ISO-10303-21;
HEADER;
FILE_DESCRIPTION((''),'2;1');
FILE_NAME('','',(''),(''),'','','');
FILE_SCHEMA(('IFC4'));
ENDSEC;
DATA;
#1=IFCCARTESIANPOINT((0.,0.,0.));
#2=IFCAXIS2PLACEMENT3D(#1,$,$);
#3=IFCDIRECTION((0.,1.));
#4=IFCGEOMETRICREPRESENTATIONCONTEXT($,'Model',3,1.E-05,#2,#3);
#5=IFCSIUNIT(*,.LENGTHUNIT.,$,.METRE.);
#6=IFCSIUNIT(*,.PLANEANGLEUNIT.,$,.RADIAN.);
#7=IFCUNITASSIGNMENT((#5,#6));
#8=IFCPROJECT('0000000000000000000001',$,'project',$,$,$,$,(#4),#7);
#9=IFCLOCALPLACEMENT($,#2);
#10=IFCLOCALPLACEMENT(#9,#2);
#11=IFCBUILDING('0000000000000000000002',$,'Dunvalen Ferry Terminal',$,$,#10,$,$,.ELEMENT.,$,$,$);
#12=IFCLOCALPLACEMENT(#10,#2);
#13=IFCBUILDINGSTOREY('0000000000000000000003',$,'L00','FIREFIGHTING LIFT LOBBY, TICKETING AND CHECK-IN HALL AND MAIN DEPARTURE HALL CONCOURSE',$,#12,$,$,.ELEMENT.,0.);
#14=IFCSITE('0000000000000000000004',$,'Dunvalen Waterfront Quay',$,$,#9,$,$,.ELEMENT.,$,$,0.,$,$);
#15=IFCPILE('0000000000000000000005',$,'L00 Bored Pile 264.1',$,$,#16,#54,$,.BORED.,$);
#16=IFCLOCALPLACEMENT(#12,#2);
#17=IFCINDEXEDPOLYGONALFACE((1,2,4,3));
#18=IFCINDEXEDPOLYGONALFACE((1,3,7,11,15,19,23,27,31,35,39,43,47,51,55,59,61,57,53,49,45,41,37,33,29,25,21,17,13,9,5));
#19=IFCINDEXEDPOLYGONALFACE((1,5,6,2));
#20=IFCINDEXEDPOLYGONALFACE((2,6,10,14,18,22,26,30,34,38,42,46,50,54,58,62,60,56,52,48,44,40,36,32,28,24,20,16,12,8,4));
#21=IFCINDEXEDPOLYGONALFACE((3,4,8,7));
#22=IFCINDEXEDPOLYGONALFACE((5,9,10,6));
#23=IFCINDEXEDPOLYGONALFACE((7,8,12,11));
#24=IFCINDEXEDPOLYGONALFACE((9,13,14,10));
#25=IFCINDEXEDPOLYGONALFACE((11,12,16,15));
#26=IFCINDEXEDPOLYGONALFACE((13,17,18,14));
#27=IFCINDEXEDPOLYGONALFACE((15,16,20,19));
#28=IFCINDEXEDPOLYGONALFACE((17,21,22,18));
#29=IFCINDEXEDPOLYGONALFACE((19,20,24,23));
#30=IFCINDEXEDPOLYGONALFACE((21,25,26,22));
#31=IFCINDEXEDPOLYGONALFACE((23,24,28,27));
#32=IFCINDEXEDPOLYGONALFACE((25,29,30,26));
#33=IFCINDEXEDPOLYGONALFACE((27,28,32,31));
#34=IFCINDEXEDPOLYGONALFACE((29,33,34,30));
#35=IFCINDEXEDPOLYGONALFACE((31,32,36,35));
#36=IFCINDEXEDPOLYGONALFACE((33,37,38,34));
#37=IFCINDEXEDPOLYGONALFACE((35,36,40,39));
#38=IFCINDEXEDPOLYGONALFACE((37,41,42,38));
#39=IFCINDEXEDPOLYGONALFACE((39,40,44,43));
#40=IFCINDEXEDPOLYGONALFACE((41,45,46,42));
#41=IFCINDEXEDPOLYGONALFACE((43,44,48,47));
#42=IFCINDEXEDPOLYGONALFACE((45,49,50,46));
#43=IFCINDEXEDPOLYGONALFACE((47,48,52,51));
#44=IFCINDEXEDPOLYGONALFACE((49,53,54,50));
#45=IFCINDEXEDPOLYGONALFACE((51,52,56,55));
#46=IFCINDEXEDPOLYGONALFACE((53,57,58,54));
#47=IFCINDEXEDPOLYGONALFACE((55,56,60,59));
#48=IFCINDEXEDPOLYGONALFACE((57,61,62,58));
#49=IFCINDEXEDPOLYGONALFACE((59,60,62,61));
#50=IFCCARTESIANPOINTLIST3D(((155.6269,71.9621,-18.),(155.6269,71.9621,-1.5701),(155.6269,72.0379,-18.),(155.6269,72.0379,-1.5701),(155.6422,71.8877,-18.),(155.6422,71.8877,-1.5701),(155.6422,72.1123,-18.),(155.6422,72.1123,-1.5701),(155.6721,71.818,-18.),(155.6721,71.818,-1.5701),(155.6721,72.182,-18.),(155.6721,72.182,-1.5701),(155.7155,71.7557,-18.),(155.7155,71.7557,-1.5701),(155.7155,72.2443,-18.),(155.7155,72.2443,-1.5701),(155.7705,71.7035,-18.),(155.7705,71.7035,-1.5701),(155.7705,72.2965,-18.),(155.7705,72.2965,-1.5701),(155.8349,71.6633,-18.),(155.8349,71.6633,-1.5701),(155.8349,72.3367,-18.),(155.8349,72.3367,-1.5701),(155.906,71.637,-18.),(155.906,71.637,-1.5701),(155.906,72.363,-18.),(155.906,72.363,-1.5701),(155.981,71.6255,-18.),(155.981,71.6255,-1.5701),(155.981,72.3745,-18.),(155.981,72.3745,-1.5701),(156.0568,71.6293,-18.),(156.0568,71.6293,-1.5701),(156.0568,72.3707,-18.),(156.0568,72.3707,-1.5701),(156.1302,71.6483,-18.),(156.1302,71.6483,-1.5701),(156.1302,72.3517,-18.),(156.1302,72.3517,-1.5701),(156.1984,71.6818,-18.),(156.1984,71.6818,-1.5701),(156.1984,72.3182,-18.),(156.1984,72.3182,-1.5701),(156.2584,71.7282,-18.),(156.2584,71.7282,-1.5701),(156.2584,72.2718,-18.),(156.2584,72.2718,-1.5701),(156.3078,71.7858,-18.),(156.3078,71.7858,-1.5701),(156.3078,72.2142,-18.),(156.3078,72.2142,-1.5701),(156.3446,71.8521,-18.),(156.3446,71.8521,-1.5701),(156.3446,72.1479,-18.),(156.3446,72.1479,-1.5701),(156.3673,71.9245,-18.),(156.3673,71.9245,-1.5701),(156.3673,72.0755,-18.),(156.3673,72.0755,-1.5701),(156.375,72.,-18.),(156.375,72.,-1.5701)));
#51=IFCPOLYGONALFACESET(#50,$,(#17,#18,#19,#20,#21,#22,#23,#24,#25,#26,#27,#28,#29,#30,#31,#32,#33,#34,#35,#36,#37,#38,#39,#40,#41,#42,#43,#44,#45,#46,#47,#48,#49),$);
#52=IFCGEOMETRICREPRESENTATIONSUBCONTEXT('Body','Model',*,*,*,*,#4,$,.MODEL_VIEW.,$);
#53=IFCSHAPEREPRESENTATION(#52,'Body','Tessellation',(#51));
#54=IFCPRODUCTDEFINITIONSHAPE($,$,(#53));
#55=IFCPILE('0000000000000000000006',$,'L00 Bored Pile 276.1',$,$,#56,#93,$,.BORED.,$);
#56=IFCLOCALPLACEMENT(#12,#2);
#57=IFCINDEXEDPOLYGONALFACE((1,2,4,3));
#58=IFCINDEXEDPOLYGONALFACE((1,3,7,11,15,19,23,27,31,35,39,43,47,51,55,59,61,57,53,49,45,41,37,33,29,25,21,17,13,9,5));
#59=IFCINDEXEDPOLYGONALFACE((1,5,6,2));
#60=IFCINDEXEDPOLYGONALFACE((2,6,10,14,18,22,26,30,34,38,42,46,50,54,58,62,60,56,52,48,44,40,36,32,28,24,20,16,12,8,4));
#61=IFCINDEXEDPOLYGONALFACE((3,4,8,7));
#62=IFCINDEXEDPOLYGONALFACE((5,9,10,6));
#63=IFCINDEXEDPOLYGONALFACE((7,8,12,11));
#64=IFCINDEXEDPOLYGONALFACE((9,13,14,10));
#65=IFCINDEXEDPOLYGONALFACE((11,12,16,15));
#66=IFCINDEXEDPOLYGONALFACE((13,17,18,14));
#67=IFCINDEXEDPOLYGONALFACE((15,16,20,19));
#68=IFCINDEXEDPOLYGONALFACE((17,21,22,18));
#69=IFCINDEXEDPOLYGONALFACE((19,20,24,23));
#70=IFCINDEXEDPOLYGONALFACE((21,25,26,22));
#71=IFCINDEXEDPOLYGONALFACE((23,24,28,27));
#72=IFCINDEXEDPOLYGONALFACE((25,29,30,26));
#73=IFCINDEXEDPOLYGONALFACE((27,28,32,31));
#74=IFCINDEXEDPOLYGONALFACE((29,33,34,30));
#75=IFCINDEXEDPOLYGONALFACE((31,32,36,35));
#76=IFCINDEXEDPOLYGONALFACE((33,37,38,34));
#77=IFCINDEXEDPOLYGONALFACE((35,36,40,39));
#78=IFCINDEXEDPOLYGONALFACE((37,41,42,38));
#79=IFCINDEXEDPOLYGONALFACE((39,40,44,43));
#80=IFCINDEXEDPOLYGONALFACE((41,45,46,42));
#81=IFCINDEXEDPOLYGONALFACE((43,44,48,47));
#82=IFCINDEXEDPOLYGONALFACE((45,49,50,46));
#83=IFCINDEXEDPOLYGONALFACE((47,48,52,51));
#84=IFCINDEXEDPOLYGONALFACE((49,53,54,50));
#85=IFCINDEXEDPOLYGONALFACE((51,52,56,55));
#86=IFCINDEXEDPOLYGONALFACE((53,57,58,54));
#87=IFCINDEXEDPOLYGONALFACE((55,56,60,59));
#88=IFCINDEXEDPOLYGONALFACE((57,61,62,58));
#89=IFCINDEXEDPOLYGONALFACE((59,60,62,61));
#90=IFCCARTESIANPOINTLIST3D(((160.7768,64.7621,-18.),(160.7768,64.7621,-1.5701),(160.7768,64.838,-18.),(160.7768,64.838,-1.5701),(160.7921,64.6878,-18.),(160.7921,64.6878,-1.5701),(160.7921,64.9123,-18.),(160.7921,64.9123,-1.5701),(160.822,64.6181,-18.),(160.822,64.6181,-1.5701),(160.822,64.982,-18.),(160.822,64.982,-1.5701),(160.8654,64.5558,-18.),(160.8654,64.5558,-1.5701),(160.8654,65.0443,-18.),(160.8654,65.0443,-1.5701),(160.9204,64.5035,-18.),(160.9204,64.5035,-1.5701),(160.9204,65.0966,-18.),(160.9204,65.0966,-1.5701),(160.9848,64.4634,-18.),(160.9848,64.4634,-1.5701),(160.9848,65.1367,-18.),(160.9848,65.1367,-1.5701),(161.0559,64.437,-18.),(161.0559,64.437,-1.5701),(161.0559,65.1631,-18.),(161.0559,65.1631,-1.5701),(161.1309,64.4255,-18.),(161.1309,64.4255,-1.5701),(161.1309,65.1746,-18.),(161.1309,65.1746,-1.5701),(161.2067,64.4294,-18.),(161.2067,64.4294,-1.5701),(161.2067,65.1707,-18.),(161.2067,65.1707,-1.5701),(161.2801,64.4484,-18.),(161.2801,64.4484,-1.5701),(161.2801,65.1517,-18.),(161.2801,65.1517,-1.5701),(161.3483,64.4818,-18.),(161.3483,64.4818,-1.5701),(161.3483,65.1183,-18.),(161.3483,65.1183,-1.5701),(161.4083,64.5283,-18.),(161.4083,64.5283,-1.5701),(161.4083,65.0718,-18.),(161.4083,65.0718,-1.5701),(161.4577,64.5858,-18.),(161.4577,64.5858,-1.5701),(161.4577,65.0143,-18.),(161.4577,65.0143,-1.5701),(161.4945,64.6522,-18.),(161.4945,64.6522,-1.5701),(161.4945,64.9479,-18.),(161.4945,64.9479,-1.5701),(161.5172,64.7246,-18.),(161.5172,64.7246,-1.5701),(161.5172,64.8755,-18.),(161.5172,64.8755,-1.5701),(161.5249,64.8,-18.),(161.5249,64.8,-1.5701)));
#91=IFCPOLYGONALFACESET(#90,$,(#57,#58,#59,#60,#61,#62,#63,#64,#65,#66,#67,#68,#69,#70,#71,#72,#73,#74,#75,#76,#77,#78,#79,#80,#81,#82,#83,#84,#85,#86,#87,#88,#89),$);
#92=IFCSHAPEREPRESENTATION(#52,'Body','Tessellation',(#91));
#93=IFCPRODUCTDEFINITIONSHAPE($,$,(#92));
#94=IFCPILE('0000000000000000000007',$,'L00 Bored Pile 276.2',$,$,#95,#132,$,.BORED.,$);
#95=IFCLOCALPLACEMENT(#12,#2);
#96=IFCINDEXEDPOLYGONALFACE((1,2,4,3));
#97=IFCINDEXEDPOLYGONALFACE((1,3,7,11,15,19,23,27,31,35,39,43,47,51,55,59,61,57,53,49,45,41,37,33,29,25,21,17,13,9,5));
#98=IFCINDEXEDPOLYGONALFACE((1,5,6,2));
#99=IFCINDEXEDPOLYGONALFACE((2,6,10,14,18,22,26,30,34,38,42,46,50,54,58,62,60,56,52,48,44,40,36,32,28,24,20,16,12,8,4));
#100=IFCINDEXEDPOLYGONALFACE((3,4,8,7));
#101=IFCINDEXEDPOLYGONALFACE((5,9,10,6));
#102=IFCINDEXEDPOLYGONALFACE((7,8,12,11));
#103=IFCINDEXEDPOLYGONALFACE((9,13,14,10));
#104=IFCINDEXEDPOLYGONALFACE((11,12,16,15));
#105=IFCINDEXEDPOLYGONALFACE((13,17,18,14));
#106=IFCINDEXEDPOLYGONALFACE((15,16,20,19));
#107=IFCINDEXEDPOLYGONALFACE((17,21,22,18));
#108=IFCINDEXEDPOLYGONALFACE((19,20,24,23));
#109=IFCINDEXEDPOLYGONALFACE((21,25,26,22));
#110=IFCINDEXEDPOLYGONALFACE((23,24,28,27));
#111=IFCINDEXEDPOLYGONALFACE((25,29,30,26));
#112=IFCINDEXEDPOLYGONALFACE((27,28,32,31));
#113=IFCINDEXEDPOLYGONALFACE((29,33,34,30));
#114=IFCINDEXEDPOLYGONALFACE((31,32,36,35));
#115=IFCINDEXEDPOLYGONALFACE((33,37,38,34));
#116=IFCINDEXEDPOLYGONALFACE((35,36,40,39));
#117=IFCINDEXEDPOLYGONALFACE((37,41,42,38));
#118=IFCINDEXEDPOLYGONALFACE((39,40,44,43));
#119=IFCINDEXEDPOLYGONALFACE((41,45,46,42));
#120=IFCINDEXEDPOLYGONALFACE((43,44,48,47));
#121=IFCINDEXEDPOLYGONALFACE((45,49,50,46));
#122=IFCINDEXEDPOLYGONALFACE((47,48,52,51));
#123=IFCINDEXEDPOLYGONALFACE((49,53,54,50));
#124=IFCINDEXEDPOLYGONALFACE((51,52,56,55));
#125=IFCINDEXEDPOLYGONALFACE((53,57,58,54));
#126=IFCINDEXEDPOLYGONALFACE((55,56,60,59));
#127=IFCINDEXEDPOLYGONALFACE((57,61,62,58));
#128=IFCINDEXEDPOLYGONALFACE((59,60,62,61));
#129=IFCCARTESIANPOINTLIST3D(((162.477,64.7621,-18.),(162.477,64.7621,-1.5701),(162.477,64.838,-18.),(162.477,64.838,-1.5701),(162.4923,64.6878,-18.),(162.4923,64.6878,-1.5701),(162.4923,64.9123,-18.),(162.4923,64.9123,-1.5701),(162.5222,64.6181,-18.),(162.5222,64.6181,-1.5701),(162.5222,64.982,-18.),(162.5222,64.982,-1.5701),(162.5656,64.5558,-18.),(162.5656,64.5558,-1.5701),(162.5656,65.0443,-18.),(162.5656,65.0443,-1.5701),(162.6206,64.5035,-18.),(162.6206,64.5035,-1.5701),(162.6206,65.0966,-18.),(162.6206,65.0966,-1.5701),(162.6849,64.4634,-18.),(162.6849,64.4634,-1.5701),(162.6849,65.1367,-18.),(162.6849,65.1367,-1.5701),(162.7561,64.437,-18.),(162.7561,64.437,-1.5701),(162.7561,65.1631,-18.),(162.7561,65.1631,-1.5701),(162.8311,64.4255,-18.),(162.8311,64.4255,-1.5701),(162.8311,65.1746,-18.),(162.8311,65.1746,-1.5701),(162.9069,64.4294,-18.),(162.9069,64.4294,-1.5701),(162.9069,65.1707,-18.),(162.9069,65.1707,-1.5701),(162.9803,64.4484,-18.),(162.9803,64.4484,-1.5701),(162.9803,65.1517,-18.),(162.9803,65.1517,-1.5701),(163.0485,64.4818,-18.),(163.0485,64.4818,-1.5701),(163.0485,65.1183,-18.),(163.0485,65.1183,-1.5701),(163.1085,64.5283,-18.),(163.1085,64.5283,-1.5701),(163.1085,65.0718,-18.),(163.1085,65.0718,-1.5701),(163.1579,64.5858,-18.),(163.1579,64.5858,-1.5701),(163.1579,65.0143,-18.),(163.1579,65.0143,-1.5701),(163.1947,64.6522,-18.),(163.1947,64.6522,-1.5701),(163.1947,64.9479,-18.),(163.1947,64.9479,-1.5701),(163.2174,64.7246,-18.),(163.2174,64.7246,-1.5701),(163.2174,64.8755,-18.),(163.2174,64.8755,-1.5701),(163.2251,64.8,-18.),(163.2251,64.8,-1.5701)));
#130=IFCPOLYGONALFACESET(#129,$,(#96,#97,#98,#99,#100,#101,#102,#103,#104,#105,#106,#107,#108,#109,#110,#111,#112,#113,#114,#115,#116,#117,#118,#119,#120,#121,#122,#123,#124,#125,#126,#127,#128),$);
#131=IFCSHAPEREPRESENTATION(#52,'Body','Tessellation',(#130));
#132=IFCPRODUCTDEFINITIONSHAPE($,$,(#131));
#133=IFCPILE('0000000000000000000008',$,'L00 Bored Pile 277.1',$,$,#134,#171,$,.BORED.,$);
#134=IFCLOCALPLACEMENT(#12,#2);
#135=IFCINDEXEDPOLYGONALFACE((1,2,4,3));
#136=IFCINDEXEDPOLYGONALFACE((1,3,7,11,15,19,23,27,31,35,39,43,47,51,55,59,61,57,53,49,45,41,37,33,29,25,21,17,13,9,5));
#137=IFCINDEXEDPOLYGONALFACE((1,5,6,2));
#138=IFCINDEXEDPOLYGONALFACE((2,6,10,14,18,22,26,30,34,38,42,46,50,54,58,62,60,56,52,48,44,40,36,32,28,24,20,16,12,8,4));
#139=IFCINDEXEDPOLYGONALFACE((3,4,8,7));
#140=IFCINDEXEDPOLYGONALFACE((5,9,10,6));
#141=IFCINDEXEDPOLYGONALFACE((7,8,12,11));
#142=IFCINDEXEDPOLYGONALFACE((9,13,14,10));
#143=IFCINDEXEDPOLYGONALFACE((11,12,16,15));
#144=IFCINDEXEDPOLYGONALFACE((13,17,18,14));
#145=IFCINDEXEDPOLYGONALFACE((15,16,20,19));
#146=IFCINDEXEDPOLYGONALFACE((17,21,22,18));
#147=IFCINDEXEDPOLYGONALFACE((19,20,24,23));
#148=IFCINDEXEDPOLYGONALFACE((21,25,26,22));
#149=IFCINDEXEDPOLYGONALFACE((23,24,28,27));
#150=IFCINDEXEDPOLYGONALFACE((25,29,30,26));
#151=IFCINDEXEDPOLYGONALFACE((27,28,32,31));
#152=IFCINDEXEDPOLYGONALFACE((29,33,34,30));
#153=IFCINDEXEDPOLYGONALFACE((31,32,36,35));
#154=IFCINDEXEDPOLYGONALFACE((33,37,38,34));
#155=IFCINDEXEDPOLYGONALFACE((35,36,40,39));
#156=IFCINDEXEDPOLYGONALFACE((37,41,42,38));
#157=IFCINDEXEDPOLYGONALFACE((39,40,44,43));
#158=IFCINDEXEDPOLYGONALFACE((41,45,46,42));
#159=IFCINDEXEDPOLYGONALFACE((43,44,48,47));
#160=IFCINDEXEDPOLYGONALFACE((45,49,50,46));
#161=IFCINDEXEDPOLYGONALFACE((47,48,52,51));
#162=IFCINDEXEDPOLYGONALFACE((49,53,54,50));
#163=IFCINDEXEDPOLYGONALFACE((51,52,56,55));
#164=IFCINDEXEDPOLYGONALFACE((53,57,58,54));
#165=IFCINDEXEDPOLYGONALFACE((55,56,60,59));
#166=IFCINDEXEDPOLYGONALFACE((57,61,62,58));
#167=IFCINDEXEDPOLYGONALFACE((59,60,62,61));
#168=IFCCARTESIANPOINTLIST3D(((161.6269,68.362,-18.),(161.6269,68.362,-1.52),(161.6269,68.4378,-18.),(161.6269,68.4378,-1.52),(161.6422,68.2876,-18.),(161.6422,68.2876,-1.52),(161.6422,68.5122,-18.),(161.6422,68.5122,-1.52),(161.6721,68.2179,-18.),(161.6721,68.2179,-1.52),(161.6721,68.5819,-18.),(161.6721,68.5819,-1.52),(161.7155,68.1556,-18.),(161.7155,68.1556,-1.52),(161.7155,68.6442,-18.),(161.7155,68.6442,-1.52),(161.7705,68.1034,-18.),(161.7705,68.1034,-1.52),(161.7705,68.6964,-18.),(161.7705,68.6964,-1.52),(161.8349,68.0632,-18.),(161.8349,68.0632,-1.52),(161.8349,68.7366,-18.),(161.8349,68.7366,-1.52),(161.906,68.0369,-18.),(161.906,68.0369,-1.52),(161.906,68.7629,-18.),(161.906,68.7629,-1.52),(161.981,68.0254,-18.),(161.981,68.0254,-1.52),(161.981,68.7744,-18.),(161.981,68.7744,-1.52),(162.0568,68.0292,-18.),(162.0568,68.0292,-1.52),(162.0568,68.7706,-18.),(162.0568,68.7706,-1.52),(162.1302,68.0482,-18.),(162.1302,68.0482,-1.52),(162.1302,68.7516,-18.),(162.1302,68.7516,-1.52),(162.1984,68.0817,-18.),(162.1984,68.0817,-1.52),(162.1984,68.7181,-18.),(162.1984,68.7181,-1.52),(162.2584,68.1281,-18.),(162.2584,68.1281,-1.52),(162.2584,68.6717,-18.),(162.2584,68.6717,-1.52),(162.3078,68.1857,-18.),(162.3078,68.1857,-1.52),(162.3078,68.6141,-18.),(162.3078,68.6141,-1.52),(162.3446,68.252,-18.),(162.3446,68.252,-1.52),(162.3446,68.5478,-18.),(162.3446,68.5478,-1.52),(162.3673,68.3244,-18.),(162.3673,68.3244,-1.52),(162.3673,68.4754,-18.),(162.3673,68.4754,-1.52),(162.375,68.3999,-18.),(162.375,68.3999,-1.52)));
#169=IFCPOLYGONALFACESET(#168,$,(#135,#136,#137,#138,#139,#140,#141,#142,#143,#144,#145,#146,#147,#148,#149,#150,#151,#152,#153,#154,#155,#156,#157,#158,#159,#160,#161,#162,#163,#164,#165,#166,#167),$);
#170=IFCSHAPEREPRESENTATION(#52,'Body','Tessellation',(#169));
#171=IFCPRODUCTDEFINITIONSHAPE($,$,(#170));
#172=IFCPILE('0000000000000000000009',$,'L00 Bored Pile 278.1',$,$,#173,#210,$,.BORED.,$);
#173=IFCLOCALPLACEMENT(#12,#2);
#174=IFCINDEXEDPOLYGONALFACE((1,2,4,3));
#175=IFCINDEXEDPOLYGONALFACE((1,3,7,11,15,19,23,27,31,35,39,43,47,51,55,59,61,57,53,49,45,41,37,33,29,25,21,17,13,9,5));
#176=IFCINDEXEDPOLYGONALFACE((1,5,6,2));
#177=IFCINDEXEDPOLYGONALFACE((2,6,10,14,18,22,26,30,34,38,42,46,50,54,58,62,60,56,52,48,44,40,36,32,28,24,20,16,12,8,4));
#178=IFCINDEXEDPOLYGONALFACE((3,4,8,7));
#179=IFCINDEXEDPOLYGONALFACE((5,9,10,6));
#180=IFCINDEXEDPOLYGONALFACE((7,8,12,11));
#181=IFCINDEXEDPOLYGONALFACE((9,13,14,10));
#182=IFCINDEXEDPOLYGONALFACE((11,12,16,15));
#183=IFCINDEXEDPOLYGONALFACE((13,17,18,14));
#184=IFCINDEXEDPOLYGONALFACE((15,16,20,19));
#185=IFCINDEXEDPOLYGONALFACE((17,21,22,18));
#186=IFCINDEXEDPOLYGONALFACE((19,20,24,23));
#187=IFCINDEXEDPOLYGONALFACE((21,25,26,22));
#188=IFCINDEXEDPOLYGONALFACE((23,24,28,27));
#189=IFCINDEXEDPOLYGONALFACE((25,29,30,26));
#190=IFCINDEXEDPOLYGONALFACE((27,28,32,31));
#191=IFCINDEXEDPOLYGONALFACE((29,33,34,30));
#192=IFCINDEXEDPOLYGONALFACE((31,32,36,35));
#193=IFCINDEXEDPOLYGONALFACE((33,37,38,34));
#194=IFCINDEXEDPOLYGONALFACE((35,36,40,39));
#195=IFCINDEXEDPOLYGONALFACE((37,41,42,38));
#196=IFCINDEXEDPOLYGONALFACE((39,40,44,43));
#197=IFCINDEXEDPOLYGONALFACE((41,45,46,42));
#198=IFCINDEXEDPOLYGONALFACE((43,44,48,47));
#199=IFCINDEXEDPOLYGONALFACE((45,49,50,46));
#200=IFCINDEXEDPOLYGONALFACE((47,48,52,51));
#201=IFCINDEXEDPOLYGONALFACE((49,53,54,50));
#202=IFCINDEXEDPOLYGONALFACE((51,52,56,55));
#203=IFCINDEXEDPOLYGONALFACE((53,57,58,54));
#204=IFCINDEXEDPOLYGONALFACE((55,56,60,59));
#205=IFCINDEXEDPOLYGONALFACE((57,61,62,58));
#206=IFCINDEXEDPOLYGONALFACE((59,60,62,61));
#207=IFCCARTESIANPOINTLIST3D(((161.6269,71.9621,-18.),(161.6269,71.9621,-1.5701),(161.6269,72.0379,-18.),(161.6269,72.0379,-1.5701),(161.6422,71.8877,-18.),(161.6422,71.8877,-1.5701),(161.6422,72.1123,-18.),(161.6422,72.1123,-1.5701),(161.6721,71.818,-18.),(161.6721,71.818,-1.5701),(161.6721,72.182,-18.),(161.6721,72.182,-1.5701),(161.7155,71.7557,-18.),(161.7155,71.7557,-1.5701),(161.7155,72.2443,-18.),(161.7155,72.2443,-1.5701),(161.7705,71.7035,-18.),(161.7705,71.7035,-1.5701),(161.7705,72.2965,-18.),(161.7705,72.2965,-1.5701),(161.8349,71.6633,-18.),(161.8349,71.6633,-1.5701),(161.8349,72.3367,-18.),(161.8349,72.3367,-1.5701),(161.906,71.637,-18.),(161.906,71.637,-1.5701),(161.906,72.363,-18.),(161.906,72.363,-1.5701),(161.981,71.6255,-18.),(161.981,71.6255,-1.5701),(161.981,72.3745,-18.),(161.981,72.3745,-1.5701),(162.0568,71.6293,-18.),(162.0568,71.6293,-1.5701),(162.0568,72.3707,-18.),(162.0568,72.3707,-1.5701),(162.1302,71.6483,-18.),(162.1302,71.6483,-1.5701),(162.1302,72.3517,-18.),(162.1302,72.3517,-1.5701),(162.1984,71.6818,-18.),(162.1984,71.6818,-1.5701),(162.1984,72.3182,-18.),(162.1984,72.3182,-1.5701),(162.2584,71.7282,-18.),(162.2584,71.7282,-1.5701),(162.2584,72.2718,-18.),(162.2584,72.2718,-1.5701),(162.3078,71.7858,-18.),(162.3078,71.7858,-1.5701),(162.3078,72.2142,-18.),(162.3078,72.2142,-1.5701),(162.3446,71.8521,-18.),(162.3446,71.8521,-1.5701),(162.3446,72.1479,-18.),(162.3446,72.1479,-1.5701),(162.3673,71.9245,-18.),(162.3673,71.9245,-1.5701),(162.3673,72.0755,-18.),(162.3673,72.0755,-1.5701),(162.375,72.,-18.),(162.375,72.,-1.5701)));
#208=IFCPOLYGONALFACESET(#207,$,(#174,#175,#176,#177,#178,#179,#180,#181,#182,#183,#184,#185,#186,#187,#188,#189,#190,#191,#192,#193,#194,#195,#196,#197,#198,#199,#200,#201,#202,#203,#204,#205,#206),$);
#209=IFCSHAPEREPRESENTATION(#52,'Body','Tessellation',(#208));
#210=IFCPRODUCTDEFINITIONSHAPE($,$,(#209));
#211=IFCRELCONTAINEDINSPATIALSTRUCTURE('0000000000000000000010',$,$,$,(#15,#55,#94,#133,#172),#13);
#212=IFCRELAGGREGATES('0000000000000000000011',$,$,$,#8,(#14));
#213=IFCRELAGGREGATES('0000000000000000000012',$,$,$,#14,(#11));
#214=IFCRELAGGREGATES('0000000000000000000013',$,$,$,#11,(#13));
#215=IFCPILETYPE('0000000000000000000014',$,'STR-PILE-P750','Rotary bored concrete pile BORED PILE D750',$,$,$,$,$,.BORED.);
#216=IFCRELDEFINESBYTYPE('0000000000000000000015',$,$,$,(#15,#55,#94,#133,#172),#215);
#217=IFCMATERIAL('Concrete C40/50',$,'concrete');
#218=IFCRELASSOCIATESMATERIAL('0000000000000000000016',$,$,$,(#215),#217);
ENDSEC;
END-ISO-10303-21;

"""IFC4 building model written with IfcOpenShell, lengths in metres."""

from ifc_helpers import new_model, si_unit, direction, frame, origin, origin_2d, place, context, subcontext, project, spatial, circle, extrude, material, material_profile, profile_set, type_object, element, save


model = new_model("IFC4")

# Units and contexts
model_context = context("Model", 3, precision=1e-05, world=origin(), true_north=direction((0.0, 1.0)))
body_context = subcontext(model_context, "Body", "Model", "MODEL_VIEW")
ifc_project = project(units=[si_unit("LENGTHUNIT", "METRE"), si_unit("PLANEANGLEUNIT", "RADIAN")], contexts=[model_context])

# Site, building, storey
site_placement = place(None, origin())
site = spatial("IfcSite", under=ifc_project, at=site_placement, Name="Dunvalen Waterfront Quay", CompositionType="ELEMENT", RefElevation=0.0)
building_placement = place(site_placement, origin())
building = spatial("IfcBuilding", under=site, at=building_placement, Name="Dunvalen Ferry Terminal", CompositionType="ELEMENT")
storey_placement = place(building_placement, origin())
storey = spatial("IfcBuildingStorey", under=building, at=storey_placement, Name="L00", Description="FIREFIGHTING LIFT LOBBY, TICKETING AND CHECK-IN HALL AND MAIN DEPARTURE HALL CONCOURSE", CompositionType="ELEMENT", Elevation=0.0)

# Shared definitions
ifc_material_1 = material(Name="Concrete C40/50", Category="concrete")

# Piles
ifc_material_profile_1 = material_profile(ifc_material_1, circle(Radius=0.375, at=origin_2d()), Name="Concrete C40/50")
ifc_profile_set_1 = profile_set([ifc_material_profile_1], Name="Concrete C40/50")
pile_type = type_object("IfcPileType", Name="STR-PILE-P750", Description="Rotary bored concrete pile BORED PILE D750", PredefinedType="BORED", material=ifc_profile_set_1)
for number, where, z_axis, x_axis, name in (
    (1, (156.0, 72.0, -1.5701), (0.0, 0.0, -1.0), (1.0, 0.0, 0.0), "L00 Bored Pile 264.1"),
    (2, (161.1499, 64.8, -1.5701), (0.0, 0.0, -1.0), (1.0, 0.0, 0.0), "L00 Bored Pile 276.1"),
    (3, (162.8501, 64.8, -1.5701), (0.0, 0.0, -1.0), (1.0, 0.0, 0.0), "L00 Bored Pile 276.2"),
):
    element("IfcPile", number, at=place(storey_placement, frame(where, z_axis=z_axis, x_axis=x_axis)), inside=storey, type_object=pile_type, Name=name, PredefinedType="BORED", context=body_context, shape_type="SweptSolid", body=[
        extrude(circle(Radius=0.375, at=origin_2d()), origin(), (0.0, 0.0, 1.0), 16.4299),
    ])
pile_1_placement = place(storey_placement, frame((162.0, 68.3999, -1.52), z_axis=(0.0, 0.0, -1.0), x_axis=(1.0, 0.0, 0.0)))
element("IfcPile", 4, at=pile_1_placement, inside=storey, type_object=pile_type, Name="L00 Bored Pile 277.1", PredefinedType="BORED", context=body_context, shape_type="SweptSolid", body=[
    extrude(circle(Radius=0.375, at=origin_2d()), origin(), (0.0, 0.0, 1.0), 16.48),
])
pile_2_placement = place(storey_placement, frame((162.0, 72.0, -1.5701), z_axis=(0.0, 0.0, -1.0), x_axis=(1.0, 0.0, 0.0)))
element("IfcPile", 5, at=pile_2_placement, inside=storey, type_object=pile_type, Name="L00 Bored Pile 278.1", PredefinedType="BORED", context=body_context, shape_type="SweptSolid", body=[
    extrude(circle(Radius=0.375, at=origin_2d()), origin(), (0.0, 0.0, 1.0), 16.4299),
])

save(model, "model.ifc")
